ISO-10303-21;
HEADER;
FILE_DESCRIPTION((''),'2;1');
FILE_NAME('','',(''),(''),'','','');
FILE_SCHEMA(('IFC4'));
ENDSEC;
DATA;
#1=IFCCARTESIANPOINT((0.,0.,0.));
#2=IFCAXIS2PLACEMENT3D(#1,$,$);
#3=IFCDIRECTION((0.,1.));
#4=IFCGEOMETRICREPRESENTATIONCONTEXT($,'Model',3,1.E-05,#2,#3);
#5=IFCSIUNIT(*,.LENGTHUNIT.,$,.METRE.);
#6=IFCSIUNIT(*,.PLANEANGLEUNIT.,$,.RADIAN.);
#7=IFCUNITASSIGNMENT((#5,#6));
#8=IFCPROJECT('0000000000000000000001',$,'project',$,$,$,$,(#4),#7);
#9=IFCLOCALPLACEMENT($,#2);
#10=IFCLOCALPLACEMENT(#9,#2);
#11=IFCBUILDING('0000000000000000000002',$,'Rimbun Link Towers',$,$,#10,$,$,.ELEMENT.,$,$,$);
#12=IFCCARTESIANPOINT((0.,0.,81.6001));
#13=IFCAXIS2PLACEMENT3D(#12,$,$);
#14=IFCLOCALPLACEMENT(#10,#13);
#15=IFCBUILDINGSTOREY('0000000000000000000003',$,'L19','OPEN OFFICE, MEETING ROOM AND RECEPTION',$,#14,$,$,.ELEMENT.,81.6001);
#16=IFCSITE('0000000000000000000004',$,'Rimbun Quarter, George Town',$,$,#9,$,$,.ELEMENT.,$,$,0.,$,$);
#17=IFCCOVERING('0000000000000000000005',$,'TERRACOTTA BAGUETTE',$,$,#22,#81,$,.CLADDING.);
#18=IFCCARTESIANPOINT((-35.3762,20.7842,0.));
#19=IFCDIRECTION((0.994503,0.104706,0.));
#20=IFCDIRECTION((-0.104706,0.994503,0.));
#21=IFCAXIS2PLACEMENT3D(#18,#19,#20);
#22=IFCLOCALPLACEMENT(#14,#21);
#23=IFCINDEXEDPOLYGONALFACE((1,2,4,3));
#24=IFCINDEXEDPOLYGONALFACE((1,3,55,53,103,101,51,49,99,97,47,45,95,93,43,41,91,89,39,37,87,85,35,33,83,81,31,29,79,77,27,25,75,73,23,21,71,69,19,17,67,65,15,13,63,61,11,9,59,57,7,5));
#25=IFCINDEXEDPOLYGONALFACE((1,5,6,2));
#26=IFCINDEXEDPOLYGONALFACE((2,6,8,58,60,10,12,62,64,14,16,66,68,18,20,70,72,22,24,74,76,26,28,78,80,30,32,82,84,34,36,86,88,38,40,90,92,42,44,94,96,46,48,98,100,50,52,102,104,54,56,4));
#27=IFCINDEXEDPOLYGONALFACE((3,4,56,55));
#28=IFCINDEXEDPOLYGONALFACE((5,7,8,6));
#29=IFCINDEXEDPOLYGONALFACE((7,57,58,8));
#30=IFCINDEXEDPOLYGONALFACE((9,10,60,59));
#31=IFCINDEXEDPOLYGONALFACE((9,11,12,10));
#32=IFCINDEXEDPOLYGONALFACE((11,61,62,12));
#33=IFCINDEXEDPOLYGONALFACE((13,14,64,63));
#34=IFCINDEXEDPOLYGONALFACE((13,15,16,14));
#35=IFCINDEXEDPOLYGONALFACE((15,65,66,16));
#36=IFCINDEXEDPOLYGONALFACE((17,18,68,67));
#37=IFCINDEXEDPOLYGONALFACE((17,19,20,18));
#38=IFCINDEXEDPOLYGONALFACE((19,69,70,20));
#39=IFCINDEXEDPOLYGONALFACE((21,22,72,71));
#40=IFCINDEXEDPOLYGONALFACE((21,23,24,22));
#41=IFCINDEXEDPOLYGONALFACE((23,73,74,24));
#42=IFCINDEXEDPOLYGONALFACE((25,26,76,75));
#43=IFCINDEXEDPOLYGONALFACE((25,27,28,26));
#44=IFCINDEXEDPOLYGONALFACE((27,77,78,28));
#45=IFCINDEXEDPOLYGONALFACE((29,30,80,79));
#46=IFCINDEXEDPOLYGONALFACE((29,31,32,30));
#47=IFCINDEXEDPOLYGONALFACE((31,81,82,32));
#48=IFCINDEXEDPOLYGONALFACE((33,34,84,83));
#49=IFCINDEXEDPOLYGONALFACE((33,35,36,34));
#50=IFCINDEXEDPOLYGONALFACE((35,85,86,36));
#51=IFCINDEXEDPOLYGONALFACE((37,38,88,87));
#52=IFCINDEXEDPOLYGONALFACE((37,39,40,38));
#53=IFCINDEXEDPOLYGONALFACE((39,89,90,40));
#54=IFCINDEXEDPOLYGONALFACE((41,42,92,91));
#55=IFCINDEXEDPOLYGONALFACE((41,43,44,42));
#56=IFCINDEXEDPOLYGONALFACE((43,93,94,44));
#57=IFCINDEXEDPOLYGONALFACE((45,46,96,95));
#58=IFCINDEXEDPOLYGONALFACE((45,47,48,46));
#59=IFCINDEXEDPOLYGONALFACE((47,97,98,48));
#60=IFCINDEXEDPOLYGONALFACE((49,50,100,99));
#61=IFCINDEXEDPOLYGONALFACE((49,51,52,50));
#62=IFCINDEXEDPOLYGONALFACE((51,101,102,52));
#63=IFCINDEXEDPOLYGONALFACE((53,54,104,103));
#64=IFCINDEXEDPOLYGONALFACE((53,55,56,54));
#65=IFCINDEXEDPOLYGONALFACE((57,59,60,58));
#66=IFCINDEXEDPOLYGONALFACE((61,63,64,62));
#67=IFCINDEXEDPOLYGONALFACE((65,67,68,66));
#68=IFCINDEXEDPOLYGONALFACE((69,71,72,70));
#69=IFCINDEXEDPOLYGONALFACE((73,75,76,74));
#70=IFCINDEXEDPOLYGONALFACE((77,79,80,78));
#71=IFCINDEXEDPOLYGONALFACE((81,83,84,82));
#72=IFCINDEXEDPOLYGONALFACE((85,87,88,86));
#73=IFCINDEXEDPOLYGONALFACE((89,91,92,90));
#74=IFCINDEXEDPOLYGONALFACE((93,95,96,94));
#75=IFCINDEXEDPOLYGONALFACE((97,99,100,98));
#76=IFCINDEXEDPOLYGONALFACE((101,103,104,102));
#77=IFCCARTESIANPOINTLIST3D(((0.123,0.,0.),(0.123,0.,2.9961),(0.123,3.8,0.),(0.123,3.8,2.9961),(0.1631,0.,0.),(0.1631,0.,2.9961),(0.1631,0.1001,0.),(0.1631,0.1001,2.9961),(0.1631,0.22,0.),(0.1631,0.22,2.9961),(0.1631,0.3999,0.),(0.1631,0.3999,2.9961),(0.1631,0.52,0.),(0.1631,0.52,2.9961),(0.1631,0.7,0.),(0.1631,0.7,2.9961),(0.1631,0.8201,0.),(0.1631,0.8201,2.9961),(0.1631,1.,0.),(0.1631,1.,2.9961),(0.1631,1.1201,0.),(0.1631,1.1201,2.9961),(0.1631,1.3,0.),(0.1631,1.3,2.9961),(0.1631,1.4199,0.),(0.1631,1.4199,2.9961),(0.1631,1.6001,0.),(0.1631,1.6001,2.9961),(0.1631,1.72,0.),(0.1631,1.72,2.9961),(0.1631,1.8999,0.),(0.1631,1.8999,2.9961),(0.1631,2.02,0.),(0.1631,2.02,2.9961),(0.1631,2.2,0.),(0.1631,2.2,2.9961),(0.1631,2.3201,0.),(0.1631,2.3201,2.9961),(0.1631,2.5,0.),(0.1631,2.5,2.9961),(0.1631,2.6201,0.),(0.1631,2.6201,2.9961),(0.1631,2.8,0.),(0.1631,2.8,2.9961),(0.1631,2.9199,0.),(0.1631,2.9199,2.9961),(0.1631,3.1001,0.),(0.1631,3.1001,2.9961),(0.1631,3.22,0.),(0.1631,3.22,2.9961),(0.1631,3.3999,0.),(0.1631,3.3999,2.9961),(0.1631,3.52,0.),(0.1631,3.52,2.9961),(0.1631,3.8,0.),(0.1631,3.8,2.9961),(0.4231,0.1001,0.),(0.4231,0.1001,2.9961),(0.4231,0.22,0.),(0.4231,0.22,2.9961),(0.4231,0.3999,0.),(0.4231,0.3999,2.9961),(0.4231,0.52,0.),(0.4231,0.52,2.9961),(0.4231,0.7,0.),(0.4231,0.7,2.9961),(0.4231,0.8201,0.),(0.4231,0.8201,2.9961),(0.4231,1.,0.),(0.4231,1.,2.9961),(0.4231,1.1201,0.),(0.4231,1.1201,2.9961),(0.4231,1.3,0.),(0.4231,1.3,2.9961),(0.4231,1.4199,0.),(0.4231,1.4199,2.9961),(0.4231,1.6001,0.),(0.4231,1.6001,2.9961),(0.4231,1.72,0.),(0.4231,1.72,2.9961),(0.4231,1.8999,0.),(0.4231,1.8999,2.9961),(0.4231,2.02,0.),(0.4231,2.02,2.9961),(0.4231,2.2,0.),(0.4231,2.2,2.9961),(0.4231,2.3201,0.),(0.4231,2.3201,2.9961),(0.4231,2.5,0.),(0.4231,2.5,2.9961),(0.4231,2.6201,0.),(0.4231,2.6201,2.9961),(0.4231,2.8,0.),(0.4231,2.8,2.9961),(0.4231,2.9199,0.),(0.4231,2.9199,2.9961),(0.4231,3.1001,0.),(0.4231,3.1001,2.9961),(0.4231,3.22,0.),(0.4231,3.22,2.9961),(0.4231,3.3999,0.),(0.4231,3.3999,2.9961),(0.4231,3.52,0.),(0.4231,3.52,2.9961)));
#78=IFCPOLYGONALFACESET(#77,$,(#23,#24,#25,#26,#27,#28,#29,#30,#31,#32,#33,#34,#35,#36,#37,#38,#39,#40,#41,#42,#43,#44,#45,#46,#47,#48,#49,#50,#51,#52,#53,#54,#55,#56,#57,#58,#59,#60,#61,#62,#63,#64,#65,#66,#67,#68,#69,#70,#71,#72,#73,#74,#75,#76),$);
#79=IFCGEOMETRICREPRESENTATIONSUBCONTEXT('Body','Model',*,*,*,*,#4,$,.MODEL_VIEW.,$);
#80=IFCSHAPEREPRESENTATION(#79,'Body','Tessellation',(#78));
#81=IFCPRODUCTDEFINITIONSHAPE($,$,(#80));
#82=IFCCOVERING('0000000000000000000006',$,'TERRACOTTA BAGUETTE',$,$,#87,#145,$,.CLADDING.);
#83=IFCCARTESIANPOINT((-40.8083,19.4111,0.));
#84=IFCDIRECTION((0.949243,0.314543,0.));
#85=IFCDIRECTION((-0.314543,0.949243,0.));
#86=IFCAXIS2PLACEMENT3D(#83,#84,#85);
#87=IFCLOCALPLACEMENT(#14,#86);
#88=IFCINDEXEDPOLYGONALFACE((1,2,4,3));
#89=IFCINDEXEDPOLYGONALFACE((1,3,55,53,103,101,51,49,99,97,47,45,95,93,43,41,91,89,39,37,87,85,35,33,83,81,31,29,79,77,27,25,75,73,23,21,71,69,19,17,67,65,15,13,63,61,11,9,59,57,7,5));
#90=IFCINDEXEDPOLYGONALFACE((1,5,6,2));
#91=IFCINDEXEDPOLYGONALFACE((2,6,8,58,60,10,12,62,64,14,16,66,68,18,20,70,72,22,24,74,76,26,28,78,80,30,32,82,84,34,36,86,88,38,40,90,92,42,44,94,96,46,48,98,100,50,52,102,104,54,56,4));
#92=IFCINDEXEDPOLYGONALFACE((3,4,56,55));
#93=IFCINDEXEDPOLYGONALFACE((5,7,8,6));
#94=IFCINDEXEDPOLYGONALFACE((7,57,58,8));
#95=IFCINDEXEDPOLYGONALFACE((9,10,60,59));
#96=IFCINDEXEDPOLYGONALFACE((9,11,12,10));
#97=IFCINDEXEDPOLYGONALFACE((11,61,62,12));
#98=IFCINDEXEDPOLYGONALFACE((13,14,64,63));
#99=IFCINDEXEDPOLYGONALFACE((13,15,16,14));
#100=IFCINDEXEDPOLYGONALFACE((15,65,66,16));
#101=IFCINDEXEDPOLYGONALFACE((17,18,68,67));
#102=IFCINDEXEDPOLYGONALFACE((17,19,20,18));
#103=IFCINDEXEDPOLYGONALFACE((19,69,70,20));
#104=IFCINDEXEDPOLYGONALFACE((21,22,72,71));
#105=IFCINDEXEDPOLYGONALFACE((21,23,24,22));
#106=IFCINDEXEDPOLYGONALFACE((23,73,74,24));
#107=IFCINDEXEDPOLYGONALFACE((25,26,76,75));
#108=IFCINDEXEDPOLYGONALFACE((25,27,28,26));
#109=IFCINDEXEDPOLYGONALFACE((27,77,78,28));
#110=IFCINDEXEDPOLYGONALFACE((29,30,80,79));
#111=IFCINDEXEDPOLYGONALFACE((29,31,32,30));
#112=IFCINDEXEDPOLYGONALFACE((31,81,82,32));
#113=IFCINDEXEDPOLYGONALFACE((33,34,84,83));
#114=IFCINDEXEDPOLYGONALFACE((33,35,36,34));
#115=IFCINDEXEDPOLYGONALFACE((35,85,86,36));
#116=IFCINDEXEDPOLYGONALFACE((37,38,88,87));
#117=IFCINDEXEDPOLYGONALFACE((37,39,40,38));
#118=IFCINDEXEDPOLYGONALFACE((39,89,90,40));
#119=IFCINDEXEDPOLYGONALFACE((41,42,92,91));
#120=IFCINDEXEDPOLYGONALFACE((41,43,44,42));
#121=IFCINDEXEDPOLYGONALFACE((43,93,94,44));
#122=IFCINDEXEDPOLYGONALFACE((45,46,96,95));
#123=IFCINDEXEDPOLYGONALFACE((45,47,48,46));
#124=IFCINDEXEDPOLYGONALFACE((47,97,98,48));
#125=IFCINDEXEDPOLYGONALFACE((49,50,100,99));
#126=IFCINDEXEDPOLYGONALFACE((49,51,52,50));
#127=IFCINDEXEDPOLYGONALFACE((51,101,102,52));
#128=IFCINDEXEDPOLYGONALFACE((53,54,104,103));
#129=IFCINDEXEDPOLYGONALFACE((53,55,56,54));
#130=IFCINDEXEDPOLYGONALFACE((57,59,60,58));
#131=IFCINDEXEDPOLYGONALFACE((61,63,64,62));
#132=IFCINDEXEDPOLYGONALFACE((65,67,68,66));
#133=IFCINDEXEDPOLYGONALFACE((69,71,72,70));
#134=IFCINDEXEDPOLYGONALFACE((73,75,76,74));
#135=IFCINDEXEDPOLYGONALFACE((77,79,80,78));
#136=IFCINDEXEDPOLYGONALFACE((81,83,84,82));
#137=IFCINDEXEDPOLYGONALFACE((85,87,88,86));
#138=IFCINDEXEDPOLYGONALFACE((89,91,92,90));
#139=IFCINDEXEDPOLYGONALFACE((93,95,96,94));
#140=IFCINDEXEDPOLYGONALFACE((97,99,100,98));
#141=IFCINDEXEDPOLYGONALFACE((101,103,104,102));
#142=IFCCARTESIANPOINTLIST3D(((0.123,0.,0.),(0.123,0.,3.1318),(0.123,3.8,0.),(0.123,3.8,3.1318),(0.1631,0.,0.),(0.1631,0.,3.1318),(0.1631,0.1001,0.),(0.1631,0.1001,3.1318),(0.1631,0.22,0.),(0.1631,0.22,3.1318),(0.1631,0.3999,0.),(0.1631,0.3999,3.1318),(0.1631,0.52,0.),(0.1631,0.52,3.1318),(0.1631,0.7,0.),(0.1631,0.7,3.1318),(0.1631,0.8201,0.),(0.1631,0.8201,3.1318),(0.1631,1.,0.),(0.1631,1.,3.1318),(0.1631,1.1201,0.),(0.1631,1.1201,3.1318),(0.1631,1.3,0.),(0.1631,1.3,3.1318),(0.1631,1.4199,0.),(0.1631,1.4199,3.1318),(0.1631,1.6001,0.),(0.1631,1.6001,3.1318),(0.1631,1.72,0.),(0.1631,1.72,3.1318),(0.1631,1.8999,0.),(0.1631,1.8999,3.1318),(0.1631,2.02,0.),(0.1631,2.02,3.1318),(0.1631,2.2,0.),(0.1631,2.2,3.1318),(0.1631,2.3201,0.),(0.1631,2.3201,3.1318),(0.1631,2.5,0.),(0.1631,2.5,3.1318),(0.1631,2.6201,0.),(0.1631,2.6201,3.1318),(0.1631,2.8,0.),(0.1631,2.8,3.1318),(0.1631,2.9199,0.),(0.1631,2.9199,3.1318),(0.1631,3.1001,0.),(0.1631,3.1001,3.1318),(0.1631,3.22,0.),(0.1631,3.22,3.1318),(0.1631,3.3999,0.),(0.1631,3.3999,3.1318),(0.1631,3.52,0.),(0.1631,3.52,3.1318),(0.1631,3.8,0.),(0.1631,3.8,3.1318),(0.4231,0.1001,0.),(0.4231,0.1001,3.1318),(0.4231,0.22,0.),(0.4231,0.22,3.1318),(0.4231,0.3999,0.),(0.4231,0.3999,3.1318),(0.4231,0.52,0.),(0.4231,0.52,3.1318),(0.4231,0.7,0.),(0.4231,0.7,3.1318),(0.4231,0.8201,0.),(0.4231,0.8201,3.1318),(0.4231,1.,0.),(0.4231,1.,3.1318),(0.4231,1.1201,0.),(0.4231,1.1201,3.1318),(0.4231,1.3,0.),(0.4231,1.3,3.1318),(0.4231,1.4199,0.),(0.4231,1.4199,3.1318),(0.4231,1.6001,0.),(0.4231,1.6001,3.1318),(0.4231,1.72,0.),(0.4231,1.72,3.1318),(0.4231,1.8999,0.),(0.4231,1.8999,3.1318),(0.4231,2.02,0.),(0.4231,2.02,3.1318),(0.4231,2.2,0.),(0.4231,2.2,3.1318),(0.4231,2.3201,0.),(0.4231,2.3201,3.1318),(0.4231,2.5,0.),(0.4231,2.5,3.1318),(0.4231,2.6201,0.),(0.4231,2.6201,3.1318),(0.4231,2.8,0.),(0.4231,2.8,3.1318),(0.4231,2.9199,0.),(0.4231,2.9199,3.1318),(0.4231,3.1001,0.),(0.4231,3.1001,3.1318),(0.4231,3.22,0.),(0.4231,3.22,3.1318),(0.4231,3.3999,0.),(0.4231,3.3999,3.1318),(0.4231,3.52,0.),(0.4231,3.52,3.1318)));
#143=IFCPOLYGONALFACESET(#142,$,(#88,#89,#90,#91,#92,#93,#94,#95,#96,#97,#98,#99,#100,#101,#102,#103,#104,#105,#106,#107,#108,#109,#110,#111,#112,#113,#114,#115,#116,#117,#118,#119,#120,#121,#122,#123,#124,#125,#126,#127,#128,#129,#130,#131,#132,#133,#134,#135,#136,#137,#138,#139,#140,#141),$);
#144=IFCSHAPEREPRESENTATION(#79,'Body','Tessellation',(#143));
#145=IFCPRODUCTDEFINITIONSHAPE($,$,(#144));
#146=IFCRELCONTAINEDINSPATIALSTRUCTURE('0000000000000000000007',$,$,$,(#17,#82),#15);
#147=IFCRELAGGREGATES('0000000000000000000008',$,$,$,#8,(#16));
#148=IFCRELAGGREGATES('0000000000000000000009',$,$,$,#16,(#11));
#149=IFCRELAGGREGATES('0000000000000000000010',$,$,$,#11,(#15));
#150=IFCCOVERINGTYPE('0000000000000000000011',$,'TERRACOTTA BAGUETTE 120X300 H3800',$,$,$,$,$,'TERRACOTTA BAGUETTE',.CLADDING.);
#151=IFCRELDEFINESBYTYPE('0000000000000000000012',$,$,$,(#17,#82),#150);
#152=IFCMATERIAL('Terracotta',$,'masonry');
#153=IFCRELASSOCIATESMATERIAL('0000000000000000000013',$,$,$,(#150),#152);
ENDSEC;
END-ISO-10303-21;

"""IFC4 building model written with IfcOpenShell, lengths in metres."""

from ifc_helpers import new_model, si_unit, direction, frame, origin, place, context, subcontext, project, spatial, polyline, outline, extrude, material, material_profile, profile_set, type_object, element, save


model = new_model("IFC4")

# Units and contexts
model_context = context("Model", 3, precision=1e-05, world=origin(), true_north=direction((0.0, 1.0)))
body_context = subcontext(model_context, "Body", "Model", "MODEL_VIEW")
ifc_project = project(units=[si_unit("LENGTHUNIT", "METRE"), si_unit("PLANEANGLEUNIT", "RADIAN")], contexts=[model_context])

# Site, building, storey
site_placement = place(None, origin())
site = spatial("IfcSite", under=ifc_project, at=site_placement, Name="Rimbun Quarter, George Town", CompositionType="ELEMENT", RefElevation=0.0)
building_placement = place(site_placement, origin())
building = spatial("IfcBuilding", under=site, at=building_placement, Name="Rimbun Link Towers", CompositionType="ELEMENT")
storey_placement = place(building_placement, frame((0.0, 0.0, 81.6001)))
storey = spatial("IfcBuildingStorey", under=building, at=storey_placement, Name="L19", Description="OPEN OFFICE, MEETING ROOM AND RECEPTION", CompositionType="ELEMENT", Elevation=81.6001)

# Coverings
ifc_material_1 = material(Name="Terracotta", Category="masonry")
ifc_material_profile_1 = material_profile(ifc_material_1, outline(polyline([(0.123, 0.0), (0.1631, 0.0), (0.1631, 0.1001), (0.4231, 0.1001), (0.4231, 0.22), (0.1631, 0.22), (0.1631, 0.3999), (0.4231, 0.3999), (0.4231, 0.52), (0.1631, 0.52), (0.1631, 0.7), (0.4231, 0.7), (0.4231, 0.8201), (0.1631, 0.8201), (0.1631, 1.0), (0.4231, 1.0), (0.4231, 1.1201), (0.1631, 1.1201), (0.1631, 1.3), (0.4231, 1.3), (0.4231, 1.4199), (0.1631, 1.4199), (0.1631, 1.6001), (0.4231, 1.6001), (0.4231, 1.72), (0.1631, 1.72), (0.1631, 1.8999), (0.4231, 1.8999), (0.4231, 2.02), (0.1631, 2.02), (0.1631, 2.2), (0.4231, 2.2), (0.4231, 2.3201), (0.1631, 2.3201), (0.1631, 2.5), (0.4231, 2.5), (0.4231, 2.6201), (0.1631, 2.6201), (0.1631, 2.8), (0.4231, 2.8), (0.4231, 2.9199), (0.1631, 2.9199), (0.1631, 3.1001), (0.4231, 3.1001), (0.4231, 3.22), (0.1631, 3.22), (0.1631, 3.3999), (0.4231, 3.3999), (0.4231, 3.52), (0.1631, 3.52), (0.1631, 3.8), (0.123, 3.8), (0.123, 0.0)])), Name="BAGUETTE 120X300")
ifc_profile_set_1 = profile_set([ifc_material_profile_1], Name="Terracotta")
covering_type = type_object("IfcCoveringType", Name="TERRACOTTA BAGUETTE 120X300 H3800", ElementType="TERRACOTTA BAGUETTE", PredefinedType="CLADDING", material=ifc_profile_set_1)
covering_1_placement = place(storey_placement, frame((-35.3762, 20.7842, 0.0), z_axis=(0.994503, 0.104706, 0.0), x_axis=(-0.104706, 0.994503, 0.0)))
element("IfcCovering", 1, at=covering_1_placement, inside=storey, type_object=covering_type, Name="TERRACOTTA BAGUETTE", PredefinedType="CLADDING", context=body_context, shape_type="SweptSolid", body=[
    extrude(outline(polyline([(0.123, 0.0), (0.1631, 0.0), (0.1631, 0.1001), (0.4231, 0.1001), (0.4231, 0.22), (0.1631, 0.22), (0.1631, 0.3999), (0.4231, 0.3999), (0.4231, 0.52), (0.1631, 0.52), (0.1631, 0.7), (0.4231, 0.7), (0.4231, 0.8201), (0.1631, 0.8201), (0.1631, 1.0), (0.4231, 1.0), (0.4231, 1.1201), (0.1631, 1.1201), (0.1631, 1.3), (0.4231, 1.3), (0.4231, 1.4199), (0.1631, 1.4199), (0.1631, 1.6001), (0.4231, 1.6001), (0.4231, 1.72), (0.1631, 1.72), (0.1631, 1.8999), (0.4231, 1.8999), (0.4231, 2.02), (0.1631, 2.02), (0.1631, 2.2), (0.4231, 2.2), (0.4231, 2.3201), (0.1631, 2.3201), (0.1631, 2.5), (0.4231, 2.5), (0.4231, 2.6201), (0.1631, 2.6201), (0.1631, 2.8), (0.4231, 2.8), (0.4231, 2.9199), (0.1631, 2.9199), (0.1631, 3.1001), (0.4231, 3.1001), (0.4231, 3.22), (0.1631, 3.22), (0.1631, 3.3999), (0.4231, 3.3999), (0.4231, 3.52), (0.1631, 3.52), (0.1631, 3.8), (0.123, 3.8), (0.123, 0.0)])), origin(), (0.0, 0.0, 1.0), 2.9961),
])
covering_2_placement = place(storey_placement, frame((-40.8083, 19.4111, 0.0), z_axis=(0.949243, 0.314543, 0.0), x_axis=(-0.314543, 0.949243, 0.0)))
element("IfcCovering", 2, at=covering_2_placement, inside=storey, type_object=covering_type, Name="TERRACOTTA BAGUETTE", PredefinedType="CLADDING", context=body_context, shape_type="SweptSolid", body=[
    extrude(outline(polyline([(0.123, 0.0), (0.1631, 0.0), (0.1631, 0.1001), (0.4231, 0.1001), (0.4231, 0.22), (0.1631, 0.22), (0.1631, 0.3999), (0.4231, 0.3999), (0.4231, 0.52), (0.1631, 0.52), (0.1631, 0.7), (0.4231, 0.7), (0.4231, 0.8201), (0.1631, 0.8201), (0.1631, 1.0), (0.4231, 1.0), (0.4231, 1.1201), (0.1631, 1.1201), (0.1631, 1.3), (0.4231, 1.3), (0.4231, 1.4199), (0.1631, 1.4199), (0.1631, 1.6001), (0.4231, 1.6001), (0.4231, 1.72), (0.1631, 1.72), (0.1631, 1.8999), (0.4231, 1.8999), (0.4231, 2.02), (0.1631, 2.02), (0.1631, 2.2), (0.4231, 2.2), (0.4231, 2.3201), (0.1631, 2.3201), (0.1631, 2.5), (0.4231, 2.5), (0.4231, 2.6201), (0.1631, 2.6201), (0.1631, 2.8), (0.4231, 2.8), (0.4231, 2.9199), (0.1631, 2.9199), (0.1631, 3.1001), (0.4231, 3.1001), (0.4231, 3.22), (0.1631, 3.22), (0.1631, 3.3999), (0.4231, 3.3999), (0.4231, 3.52), (0.1631, 3.52), (0.1631, 3.8), (0.123, 3.8), (0.123, 0.0)])), origin(), (0.0, 0.0, 1.0), 3.1318),
])

save(model, "model.ifc")
